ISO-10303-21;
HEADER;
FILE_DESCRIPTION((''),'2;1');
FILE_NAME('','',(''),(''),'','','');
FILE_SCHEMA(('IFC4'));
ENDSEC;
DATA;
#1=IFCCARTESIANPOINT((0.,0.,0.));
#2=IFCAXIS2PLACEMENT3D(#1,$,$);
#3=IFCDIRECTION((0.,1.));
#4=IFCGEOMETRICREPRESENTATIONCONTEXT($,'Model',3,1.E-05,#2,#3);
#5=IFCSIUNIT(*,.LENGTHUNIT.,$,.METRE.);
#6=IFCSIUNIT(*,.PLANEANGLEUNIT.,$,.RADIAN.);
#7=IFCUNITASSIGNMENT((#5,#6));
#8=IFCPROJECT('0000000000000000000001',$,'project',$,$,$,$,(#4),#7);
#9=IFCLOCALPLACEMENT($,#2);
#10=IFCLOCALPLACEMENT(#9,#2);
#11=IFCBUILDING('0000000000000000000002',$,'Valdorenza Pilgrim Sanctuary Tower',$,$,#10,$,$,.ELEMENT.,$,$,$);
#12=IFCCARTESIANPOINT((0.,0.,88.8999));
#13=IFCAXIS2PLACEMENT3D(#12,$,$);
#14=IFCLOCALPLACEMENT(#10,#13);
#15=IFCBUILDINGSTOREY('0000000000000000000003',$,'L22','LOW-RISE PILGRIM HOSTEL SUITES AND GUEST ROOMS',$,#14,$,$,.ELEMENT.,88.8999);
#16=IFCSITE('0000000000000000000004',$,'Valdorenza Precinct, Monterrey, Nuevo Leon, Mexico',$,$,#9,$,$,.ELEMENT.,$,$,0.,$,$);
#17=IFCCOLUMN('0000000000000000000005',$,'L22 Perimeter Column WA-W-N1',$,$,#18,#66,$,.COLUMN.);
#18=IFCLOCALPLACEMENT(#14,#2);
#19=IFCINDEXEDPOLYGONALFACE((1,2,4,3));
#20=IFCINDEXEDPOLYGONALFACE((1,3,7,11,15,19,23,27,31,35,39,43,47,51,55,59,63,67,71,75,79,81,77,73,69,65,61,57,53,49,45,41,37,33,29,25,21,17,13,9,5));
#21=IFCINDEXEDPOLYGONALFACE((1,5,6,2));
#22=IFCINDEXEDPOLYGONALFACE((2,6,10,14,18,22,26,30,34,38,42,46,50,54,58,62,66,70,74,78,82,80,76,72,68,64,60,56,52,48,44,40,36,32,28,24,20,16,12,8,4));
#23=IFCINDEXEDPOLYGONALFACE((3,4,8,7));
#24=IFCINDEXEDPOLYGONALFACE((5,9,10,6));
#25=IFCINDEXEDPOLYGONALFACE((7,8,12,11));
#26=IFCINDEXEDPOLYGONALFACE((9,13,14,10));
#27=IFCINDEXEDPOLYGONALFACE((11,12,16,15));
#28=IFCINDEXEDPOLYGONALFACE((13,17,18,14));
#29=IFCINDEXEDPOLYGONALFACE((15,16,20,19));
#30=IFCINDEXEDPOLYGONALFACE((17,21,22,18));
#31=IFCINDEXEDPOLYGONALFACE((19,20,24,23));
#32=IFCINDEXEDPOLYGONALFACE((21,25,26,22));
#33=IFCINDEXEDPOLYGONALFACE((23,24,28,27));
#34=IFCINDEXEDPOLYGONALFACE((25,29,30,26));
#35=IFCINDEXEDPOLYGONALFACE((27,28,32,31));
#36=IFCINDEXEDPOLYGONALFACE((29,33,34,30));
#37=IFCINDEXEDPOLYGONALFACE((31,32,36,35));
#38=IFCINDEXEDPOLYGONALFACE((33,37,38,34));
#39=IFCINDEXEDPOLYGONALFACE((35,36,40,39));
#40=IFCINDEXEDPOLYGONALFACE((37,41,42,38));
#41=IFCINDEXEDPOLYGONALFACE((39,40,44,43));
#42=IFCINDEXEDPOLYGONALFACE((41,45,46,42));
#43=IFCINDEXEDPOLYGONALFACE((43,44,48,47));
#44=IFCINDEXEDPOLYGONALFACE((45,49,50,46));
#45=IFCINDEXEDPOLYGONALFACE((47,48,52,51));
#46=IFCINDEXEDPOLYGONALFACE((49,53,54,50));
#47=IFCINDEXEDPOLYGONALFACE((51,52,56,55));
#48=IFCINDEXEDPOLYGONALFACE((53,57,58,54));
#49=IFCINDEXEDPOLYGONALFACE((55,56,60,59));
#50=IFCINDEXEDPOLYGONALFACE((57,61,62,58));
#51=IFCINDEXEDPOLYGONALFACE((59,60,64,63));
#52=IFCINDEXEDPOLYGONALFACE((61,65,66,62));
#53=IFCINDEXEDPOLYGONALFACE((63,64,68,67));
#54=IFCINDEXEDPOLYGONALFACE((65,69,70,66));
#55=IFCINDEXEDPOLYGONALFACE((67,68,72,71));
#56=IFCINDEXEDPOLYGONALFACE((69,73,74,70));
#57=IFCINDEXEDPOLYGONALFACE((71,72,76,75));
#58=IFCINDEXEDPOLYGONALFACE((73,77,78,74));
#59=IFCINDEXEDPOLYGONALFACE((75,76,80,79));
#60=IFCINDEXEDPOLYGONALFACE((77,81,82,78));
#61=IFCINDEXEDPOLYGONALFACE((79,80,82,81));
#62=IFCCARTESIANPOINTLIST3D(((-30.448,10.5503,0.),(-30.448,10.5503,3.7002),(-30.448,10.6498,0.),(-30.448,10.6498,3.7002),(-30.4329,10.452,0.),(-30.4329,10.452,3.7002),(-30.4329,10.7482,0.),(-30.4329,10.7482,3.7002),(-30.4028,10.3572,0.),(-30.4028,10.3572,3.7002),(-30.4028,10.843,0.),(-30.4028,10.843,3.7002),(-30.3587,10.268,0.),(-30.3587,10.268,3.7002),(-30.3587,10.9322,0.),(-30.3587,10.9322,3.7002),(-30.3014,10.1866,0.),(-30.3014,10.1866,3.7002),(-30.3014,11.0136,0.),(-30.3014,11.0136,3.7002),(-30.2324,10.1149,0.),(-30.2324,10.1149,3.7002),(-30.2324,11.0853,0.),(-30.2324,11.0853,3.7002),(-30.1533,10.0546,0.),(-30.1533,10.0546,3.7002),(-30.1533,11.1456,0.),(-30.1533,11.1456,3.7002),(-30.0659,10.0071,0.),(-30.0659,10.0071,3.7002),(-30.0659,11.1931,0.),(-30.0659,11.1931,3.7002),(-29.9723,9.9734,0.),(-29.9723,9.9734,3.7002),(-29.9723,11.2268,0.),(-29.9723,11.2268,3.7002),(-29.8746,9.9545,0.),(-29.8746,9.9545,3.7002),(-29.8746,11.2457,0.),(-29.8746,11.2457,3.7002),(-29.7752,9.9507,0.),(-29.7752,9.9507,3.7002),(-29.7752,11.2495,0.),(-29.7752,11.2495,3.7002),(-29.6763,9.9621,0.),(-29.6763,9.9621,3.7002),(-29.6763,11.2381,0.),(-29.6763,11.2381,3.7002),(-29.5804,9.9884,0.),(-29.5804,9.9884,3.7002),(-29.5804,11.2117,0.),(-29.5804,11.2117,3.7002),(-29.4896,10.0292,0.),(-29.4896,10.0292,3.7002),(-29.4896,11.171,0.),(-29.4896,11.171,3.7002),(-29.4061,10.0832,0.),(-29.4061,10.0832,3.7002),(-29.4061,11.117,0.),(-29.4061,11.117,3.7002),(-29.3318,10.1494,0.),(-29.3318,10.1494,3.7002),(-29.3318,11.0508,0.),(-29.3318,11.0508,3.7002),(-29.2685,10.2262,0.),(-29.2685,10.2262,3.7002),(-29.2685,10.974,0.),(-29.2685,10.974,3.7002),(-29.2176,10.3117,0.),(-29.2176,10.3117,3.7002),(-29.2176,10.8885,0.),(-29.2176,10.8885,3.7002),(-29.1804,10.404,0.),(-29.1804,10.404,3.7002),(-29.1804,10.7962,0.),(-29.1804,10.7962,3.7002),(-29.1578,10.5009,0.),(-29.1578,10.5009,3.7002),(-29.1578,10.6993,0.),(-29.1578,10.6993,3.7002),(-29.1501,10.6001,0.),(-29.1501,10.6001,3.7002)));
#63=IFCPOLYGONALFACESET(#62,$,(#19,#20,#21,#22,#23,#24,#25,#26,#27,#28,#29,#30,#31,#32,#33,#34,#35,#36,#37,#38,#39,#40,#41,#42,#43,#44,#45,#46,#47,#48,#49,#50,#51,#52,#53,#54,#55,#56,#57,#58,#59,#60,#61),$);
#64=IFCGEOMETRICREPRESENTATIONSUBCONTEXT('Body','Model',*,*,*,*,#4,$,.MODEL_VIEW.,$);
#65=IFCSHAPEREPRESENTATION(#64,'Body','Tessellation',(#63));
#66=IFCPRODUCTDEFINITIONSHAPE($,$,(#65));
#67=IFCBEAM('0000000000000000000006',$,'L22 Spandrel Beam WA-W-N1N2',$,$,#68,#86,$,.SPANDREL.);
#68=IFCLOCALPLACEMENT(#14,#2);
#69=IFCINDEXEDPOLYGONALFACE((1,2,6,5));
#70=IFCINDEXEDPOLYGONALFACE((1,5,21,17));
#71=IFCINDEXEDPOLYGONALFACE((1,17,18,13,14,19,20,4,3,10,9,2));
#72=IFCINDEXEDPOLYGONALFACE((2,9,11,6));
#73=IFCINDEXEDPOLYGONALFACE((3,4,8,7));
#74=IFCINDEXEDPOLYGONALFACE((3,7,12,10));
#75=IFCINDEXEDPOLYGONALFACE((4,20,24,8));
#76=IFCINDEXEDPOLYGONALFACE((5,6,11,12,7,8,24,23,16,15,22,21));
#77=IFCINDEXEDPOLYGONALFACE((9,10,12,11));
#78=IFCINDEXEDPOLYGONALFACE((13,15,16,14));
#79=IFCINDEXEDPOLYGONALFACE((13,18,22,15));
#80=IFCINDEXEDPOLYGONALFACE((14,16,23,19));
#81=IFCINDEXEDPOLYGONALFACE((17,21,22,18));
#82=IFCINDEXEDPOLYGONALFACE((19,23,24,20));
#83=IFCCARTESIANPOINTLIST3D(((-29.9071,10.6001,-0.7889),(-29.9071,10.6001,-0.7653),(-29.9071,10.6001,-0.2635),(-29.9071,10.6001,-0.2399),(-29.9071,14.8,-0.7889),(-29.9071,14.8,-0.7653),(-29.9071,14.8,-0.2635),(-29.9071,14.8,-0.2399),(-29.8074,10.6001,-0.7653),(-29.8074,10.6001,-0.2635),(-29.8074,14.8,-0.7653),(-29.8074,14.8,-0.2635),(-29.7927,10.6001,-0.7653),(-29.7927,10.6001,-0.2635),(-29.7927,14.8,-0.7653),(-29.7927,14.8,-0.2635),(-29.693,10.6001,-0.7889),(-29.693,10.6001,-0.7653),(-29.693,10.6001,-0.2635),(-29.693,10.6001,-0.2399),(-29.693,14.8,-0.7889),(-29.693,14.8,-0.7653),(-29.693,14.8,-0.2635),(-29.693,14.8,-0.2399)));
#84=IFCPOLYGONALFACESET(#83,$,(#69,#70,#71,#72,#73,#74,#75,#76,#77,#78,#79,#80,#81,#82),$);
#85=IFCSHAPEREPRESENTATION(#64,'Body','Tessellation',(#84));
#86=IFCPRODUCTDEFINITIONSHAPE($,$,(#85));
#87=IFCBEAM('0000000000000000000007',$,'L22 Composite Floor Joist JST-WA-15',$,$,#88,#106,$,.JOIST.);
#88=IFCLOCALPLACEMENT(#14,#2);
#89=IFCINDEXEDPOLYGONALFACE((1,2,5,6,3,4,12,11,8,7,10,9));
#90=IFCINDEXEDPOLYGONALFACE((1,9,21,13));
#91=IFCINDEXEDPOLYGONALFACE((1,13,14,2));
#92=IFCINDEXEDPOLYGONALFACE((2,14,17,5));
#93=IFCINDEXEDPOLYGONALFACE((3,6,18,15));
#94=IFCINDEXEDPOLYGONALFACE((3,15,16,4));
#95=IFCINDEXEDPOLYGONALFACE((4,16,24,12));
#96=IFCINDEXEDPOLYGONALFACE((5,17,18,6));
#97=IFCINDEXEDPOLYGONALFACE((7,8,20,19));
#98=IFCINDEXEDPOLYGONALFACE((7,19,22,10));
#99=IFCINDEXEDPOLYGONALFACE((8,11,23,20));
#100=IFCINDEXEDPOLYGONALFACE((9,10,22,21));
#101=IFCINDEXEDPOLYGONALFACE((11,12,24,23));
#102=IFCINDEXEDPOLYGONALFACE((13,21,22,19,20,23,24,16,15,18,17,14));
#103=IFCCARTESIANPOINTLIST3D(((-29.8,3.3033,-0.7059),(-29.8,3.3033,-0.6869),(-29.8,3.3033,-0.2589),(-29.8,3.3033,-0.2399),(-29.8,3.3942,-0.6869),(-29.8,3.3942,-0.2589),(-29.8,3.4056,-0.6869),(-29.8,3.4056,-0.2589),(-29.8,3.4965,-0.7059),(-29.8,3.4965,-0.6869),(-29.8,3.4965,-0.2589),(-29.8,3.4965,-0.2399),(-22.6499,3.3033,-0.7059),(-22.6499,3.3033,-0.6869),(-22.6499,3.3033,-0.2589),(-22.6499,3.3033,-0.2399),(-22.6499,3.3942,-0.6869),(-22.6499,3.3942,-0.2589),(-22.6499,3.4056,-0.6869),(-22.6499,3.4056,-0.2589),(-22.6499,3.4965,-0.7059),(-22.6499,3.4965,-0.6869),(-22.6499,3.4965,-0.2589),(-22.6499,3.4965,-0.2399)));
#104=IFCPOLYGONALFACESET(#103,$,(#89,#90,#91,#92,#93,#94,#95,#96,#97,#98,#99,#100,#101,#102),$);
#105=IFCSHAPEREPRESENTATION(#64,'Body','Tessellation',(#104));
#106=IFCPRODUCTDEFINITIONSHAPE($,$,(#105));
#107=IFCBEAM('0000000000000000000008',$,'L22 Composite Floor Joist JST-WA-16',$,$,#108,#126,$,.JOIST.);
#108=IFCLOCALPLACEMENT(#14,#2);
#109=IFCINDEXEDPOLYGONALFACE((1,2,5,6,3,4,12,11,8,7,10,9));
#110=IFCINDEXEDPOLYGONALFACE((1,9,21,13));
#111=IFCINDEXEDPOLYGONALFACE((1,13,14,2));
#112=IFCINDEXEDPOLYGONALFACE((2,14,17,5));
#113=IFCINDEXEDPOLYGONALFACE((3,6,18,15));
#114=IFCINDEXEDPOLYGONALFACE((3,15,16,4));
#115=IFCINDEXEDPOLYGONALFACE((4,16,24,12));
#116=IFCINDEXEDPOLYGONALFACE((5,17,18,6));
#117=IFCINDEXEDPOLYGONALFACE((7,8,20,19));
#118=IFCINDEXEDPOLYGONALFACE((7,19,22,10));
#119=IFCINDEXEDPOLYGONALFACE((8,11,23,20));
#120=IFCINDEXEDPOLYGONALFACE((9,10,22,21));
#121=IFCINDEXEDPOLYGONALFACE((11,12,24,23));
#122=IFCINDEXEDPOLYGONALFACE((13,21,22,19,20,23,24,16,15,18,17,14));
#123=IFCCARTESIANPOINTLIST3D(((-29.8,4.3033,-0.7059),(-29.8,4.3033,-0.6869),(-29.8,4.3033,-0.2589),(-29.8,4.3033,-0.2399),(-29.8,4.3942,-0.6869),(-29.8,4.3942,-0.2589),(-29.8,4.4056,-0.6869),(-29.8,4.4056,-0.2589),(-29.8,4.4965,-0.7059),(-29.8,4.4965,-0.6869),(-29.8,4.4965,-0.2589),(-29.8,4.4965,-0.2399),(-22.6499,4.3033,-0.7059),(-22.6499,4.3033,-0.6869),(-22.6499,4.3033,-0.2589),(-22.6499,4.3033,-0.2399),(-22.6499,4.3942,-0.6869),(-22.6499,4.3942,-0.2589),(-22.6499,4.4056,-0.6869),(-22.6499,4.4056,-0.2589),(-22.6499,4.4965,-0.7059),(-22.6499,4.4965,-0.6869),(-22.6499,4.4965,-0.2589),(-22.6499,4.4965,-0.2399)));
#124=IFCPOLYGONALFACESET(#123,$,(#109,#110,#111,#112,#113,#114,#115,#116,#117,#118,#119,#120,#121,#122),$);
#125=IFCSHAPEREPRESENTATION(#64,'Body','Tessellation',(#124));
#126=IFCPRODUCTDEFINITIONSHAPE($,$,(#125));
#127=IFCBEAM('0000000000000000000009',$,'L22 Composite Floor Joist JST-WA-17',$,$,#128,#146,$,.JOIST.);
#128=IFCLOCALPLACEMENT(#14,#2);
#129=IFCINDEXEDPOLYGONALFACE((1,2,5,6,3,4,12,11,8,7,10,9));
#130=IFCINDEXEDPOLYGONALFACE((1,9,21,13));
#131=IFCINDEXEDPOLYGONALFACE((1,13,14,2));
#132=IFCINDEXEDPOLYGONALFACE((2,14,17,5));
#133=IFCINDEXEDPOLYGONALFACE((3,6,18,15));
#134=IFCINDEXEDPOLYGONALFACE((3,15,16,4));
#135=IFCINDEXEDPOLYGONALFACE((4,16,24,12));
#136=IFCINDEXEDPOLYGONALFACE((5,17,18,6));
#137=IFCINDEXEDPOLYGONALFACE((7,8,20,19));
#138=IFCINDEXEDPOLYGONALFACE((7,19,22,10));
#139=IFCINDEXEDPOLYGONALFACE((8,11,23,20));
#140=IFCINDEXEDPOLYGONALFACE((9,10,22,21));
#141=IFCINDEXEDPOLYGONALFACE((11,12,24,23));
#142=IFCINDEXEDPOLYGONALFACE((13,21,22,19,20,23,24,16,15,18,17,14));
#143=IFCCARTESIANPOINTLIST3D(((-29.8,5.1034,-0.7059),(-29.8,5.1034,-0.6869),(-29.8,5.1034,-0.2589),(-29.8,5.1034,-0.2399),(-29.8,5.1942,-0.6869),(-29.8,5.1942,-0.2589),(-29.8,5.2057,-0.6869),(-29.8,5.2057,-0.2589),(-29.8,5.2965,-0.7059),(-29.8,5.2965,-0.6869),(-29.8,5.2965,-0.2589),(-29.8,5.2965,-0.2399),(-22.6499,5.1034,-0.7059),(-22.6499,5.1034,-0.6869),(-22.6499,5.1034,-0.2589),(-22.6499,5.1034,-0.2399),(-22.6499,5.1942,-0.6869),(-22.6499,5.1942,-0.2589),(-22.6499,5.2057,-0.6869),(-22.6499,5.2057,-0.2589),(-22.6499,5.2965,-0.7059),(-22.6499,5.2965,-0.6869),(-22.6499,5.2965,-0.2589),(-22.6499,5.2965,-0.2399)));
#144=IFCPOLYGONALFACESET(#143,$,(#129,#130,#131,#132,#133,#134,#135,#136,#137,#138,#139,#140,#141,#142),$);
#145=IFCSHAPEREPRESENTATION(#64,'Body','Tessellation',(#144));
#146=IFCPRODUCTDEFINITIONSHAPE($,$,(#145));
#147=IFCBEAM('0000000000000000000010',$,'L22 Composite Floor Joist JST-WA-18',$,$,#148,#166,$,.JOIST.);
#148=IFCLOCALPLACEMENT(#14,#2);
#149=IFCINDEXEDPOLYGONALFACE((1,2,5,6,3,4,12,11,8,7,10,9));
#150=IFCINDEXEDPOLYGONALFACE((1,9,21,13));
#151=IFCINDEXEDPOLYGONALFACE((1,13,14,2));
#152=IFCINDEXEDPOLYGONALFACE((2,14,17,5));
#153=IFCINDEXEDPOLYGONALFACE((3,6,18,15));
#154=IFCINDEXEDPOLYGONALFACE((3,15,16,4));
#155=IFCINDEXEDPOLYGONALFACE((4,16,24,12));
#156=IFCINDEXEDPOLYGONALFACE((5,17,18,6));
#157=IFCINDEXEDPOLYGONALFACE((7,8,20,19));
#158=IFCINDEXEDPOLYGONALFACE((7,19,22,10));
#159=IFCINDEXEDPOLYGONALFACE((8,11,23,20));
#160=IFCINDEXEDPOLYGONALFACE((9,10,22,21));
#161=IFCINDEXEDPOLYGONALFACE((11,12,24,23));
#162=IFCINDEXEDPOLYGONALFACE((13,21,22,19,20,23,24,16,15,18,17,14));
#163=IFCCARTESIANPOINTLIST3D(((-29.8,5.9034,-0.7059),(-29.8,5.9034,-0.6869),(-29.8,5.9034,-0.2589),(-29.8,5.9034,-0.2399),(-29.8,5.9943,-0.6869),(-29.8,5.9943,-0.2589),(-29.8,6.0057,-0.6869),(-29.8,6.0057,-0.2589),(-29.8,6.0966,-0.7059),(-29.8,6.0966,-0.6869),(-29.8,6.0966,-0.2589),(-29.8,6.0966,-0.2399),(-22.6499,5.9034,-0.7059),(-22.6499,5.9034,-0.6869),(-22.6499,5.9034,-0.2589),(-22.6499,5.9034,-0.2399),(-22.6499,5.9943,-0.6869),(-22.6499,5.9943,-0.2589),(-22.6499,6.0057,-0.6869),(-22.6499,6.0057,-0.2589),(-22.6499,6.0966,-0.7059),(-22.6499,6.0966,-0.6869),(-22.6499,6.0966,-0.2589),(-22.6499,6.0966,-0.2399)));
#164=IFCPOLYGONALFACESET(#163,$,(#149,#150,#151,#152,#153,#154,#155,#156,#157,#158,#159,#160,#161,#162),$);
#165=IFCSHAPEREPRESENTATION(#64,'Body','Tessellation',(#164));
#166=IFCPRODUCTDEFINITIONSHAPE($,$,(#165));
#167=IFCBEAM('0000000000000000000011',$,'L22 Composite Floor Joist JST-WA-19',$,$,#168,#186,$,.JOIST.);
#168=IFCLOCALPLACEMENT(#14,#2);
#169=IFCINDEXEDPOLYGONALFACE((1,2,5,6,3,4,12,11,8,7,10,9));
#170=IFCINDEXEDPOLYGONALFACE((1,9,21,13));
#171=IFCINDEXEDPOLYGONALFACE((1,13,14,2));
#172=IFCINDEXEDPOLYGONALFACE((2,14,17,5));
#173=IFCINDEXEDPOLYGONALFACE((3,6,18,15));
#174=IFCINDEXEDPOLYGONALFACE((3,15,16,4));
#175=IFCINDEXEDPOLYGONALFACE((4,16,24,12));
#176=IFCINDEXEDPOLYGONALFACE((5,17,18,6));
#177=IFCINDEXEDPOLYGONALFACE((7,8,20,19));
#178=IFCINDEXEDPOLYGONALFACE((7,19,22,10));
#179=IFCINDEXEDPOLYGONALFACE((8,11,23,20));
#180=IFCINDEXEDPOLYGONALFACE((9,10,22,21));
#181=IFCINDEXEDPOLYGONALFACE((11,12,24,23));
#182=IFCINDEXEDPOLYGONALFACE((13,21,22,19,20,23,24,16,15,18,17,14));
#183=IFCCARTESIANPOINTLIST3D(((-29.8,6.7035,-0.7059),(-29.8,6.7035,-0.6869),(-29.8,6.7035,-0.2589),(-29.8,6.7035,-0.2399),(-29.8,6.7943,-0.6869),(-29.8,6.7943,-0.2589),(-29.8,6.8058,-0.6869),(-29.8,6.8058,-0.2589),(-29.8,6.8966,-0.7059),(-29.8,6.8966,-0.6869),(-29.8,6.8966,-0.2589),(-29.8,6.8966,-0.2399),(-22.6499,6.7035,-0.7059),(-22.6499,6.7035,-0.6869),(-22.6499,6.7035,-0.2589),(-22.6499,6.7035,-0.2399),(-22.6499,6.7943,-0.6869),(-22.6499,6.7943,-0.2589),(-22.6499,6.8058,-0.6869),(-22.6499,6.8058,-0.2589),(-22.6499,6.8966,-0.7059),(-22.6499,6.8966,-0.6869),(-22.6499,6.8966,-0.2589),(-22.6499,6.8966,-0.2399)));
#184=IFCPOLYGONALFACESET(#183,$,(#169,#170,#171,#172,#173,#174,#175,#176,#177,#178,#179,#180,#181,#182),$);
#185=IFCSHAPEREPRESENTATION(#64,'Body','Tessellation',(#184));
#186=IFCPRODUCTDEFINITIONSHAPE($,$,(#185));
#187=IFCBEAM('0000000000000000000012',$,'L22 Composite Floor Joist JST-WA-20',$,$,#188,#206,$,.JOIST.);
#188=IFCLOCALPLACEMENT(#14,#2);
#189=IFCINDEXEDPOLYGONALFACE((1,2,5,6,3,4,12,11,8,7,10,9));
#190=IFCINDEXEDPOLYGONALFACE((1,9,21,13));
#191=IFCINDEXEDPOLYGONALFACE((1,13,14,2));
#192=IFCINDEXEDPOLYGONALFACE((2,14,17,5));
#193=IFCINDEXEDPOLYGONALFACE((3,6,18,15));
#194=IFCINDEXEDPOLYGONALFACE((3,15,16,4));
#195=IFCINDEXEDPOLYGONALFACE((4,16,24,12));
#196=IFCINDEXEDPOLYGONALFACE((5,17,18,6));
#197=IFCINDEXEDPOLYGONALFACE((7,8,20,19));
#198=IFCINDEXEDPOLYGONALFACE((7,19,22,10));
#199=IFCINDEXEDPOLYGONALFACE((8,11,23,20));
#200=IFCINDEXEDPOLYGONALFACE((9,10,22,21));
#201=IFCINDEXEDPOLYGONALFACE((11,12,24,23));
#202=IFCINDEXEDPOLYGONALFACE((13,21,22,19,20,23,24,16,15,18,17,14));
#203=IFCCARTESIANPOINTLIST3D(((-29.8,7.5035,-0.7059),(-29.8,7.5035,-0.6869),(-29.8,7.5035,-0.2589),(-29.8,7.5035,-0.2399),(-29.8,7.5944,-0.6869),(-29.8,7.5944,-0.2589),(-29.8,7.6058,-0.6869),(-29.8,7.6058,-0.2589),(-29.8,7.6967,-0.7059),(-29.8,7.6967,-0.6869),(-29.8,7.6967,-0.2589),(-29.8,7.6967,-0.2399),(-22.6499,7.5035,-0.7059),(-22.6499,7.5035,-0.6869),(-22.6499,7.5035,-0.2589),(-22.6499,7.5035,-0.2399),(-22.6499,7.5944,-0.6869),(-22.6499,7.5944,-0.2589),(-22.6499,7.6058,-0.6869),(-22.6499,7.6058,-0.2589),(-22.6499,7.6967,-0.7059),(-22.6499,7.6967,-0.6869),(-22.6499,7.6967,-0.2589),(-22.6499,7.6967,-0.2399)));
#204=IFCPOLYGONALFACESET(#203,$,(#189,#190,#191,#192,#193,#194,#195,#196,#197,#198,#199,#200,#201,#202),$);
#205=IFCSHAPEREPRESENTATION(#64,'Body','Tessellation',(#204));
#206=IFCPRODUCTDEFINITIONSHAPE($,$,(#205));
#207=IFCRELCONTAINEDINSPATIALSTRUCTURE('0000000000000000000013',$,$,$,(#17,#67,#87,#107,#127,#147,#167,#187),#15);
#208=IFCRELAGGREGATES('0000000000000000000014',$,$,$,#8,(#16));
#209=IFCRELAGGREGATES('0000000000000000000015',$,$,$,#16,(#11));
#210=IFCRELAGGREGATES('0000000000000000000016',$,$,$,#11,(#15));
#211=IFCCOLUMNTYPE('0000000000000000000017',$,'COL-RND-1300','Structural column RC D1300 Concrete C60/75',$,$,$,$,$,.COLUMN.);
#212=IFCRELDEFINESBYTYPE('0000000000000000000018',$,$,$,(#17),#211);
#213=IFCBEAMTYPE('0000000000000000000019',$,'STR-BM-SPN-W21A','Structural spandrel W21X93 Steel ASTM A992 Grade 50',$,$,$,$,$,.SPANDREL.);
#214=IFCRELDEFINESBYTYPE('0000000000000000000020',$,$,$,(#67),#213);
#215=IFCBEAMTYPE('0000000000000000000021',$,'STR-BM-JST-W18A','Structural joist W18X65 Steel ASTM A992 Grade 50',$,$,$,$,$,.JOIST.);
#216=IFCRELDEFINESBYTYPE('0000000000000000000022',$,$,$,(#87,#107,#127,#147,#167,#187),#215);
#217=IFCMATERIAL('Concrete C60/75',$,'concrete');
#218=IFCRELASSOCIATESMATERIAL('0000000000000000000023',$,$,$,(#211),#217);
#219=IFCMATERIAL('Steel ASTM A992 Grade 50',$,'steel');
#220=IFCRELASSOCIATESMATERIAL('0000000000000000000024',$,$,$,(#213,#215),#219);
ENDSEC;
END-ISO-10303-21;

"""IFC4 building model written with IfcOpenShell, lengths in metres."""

from ifc_helpers import new_model, si_unit, direction, frame, origin, origin_2d, place, context, subcontext, project, spatial, circle, i_section, extrude, source, transform, mapped, material, material_profile, profile_set, type_object, element, save


model = new_model("IFC4")

# Units and contexts
model_context = context("Model", 3, precision=1e-05, world=origin(), true_north=direction((0.0, 1.0)))
body_context = subcontext(model_context, "Body", "Model", "MODEL_VIEW")
ifc_project = project(units=[si_unit("LENGTHUNIT", "METRE"), si_unit("PLANEANGLEUNIT", "RADIAN")], contexts=[model_context])

# Site, building, storey
site_placement = place(None, origin())
site = spatial("IfcSite", under=ifc_project, at=site_placement, Name="Valdorenza Precinct, Monterrey, Nuevo Leon, Mexico", CompositionType="ELEMENT", RefElevation=0.0)
building_placement = place(site_placement, origin())
building = spatial("IfcBuilding", under=site, at=building_placement, Name="Valdorenza Pilgrim Sanctuary Tower", CompositionType="ELEMENT")
storey_placement = place(building_placement, frame((0.0, 0.0, 88.8999)))
storey = spatial("IfcBuildingStorey", under=building, at=storey_placement, Name="L22", Description="LOW-RISE PILGRIM HOSTEL SUITES AND GUEST ROOMS", CompositionType="ELEMENT", Elevation=88.8999)

# Column
ifc_material_1 = material(Name="Concrete C60/75", Category="concrete")
ifc_material_profile_1 = material_profile(ifc_material_1, circle(Radius=0.6499, at=origin_2d()), Name="RC D1300")
ifc_profile_set_1 = profile_set([ifc_material_profile_1], Name="Concrete C60/75")
column_type = type_object("IfcColumnType", Name="COL-RND-1300", Description="Structural column RC D1300 Concrete C60/75", PredefinedType="COLUMN", material=ifc_profile_set_1)
shared_shape_1 = source(origin(), body_context, "Body", "SweptSolid", [
    extrude(circle(Radius=0.6499, at=origin_2d()), origin(), (0.0, 0.0, 1.0), 3.7002),
])
column_placement = place(storey_placement, frame((-29.8, 10.6001, 0.0), z_axis=(0.0, 0.0, 1.0), x_axis=(1.0, 0.0, 0.0)))
element("IfcColumn", 1, at=column_placement, inside=storey, type_object=column_type, Name="L22 Perimeter Column WA-W-N1", PredefinedType="COLUMN", context=body_context, shape_type="MappedRepresentation", body=[
    mapped(shared_shape_1, transform((0.0, 0.0, 0.0), x_axis=(1.0, 0.0, 0.0), y_axis=(0.0, 1.0, 0.0), z_axis=(0.0, 0.0, 1.0), scale=1.0)),
])

# Beams
ifc_material_2 = material(Name="Steel ASTM A992 Grade 50", Category="steel")
ifc_material_profile_2 = material_profile(ifc_material_2, i_section(OverallWidth=0.2141, OverallDepth=0.5491, WebThickness=0.0146, FlangeThickness=0.0237, at=origin_2d()), Name="W21X93")
ifc_profile_set_2 = profile_set([ifc_material_profile_2], Name="Steel ASTM A992 Grade 50")
beam_type_1 = type_object("IfcBeamType", Name="STR-BM-SPN-W21A", Description="Structural spandrel W21X93 Steel ASTM A992 Grade 50", PredefinedType="SPANDREL", material=ifc_profile_set_2)
shared_shape_2 = source(origin(), body_context, "Body", "SweptSolid", [
    extrude(i_section(OverallWidth=0.2141, OverallDepth=0.5491, WebThickness=0.0146, FlangeThickness=0.0237, at=origin_2d()), origin(), (0.0, 0.0, 1.0), 4.2),
])
beam_1_placement = place(storey_placement, frame((-29.8, 10.6001, -0.5144), z_axis=(0.0, 1.0, 0.0), x_axis=(-1.0, 0.0, 0.0)))
element("IfcBeam", 2, at=beam_1_placement, inside=storey, type_object=beam_type_1, Name="L22 Spandrel Beam WA-W-N1N2", PredefinedType="SPANDREL", context=body_context, shape_type="MappedRepresentation", body=[
    mapped(shared_shape_2, transform((0.0, 0.0, 0.0), x_axis=(1.0, 0.0, 0.0), y_axis=(0.0, 1.0, 0.0), z_axis=(0.0, 0.0, 1.0), scale=1.0)),
])
ifc_material_profile_3 = material_profile(ifc_material_2, i_section(OverallWidth=0.1931, OverallDepth=0.4661, WebThickness=0.0115, FlangeThickness=0.019, at=origin_2d()), Name="W18X65")
ifc_profile_set_3 = profile_set([ifc_material_profile_3], Name="Steel ASTM A992 Grade 50")
beam_type_2 = type_object("IfcBeamType", Name="STR-BM-JST-W18A", Description="Structural joist W18X65 Steel ASTM A992 Grade 50", PredefinedType="JOIST", material=ifc_profile_set_3)
shared_shape_3 = source(origin(), body_context, "Body", "SweptSolid", [
    extrude(i_section(OverallWidth=0.1931, OverallDepth=0.4661, WebThickness=0.0115, FlangeThickness=0.019, at=origin_2d()), origin(), (0.0, 0.0, 1.0), 7.1501),
])
for number, where, z_axis, x_axis, name in (
    (3, (-29.8, 3.3999, -0.4729), (1.0, 0.0, 0.0), (0.0, 1.0, 0.0), "L22 Composite Floor Joist JST-WA-15"),
    (4, (-29.8, 4.3999, -0.4729), (1.0, 0.0, 0.0), (0.0, 1.0, 0.0), "L22 Composite Floor Joist JST-WA-16"),
    (5, (-29.8, 5.2, -0.4729), (1.0, 0.0, 0.0), (0.0, 1.0, 0.0), "L22 Composite Floor Joist JST-WA-17"),
    (6, (-29.8, 6.0, -0.4729), (1.0, 0.0, 0.0), (0.0, 1.0, 0.0), "L22 Composite Floor Joist JST-WA-18"),
    (7, (-29.8, 6.8, -0.4729), (1.0, 0.0, 0.0), (0.0, 1.0, 0.0), "L22 Composite Floor Joist JST-WA-19"),
    (8, (-29.8, 7.6001, -0.4729), (1.0, 0.0, 0.0), (0.0, 1.0, 0.0), "L22 Composite Floor Joist JST-WA-20"),
):
    element("IfcBeam", number, at=place(storey_placement, frame(where, z_axis=z_axis, x_axis=x_axis)), inside=storey, type_object=beam_type_2, Name=name, PredefinedType="JOIST", context=body_context, shape_type="MappedRepresentation", body=[
        mapped(shared_shape_3, transform((0.0, 0.0, 0.0), x_axis=(1.0, 0.0, 0.0), y_axis=(0.0, 1.0, 0.0), z_axis=(0.0, 0.0, 1.0), scale=1.0)),
    ])

save(model, "model.ifc")
